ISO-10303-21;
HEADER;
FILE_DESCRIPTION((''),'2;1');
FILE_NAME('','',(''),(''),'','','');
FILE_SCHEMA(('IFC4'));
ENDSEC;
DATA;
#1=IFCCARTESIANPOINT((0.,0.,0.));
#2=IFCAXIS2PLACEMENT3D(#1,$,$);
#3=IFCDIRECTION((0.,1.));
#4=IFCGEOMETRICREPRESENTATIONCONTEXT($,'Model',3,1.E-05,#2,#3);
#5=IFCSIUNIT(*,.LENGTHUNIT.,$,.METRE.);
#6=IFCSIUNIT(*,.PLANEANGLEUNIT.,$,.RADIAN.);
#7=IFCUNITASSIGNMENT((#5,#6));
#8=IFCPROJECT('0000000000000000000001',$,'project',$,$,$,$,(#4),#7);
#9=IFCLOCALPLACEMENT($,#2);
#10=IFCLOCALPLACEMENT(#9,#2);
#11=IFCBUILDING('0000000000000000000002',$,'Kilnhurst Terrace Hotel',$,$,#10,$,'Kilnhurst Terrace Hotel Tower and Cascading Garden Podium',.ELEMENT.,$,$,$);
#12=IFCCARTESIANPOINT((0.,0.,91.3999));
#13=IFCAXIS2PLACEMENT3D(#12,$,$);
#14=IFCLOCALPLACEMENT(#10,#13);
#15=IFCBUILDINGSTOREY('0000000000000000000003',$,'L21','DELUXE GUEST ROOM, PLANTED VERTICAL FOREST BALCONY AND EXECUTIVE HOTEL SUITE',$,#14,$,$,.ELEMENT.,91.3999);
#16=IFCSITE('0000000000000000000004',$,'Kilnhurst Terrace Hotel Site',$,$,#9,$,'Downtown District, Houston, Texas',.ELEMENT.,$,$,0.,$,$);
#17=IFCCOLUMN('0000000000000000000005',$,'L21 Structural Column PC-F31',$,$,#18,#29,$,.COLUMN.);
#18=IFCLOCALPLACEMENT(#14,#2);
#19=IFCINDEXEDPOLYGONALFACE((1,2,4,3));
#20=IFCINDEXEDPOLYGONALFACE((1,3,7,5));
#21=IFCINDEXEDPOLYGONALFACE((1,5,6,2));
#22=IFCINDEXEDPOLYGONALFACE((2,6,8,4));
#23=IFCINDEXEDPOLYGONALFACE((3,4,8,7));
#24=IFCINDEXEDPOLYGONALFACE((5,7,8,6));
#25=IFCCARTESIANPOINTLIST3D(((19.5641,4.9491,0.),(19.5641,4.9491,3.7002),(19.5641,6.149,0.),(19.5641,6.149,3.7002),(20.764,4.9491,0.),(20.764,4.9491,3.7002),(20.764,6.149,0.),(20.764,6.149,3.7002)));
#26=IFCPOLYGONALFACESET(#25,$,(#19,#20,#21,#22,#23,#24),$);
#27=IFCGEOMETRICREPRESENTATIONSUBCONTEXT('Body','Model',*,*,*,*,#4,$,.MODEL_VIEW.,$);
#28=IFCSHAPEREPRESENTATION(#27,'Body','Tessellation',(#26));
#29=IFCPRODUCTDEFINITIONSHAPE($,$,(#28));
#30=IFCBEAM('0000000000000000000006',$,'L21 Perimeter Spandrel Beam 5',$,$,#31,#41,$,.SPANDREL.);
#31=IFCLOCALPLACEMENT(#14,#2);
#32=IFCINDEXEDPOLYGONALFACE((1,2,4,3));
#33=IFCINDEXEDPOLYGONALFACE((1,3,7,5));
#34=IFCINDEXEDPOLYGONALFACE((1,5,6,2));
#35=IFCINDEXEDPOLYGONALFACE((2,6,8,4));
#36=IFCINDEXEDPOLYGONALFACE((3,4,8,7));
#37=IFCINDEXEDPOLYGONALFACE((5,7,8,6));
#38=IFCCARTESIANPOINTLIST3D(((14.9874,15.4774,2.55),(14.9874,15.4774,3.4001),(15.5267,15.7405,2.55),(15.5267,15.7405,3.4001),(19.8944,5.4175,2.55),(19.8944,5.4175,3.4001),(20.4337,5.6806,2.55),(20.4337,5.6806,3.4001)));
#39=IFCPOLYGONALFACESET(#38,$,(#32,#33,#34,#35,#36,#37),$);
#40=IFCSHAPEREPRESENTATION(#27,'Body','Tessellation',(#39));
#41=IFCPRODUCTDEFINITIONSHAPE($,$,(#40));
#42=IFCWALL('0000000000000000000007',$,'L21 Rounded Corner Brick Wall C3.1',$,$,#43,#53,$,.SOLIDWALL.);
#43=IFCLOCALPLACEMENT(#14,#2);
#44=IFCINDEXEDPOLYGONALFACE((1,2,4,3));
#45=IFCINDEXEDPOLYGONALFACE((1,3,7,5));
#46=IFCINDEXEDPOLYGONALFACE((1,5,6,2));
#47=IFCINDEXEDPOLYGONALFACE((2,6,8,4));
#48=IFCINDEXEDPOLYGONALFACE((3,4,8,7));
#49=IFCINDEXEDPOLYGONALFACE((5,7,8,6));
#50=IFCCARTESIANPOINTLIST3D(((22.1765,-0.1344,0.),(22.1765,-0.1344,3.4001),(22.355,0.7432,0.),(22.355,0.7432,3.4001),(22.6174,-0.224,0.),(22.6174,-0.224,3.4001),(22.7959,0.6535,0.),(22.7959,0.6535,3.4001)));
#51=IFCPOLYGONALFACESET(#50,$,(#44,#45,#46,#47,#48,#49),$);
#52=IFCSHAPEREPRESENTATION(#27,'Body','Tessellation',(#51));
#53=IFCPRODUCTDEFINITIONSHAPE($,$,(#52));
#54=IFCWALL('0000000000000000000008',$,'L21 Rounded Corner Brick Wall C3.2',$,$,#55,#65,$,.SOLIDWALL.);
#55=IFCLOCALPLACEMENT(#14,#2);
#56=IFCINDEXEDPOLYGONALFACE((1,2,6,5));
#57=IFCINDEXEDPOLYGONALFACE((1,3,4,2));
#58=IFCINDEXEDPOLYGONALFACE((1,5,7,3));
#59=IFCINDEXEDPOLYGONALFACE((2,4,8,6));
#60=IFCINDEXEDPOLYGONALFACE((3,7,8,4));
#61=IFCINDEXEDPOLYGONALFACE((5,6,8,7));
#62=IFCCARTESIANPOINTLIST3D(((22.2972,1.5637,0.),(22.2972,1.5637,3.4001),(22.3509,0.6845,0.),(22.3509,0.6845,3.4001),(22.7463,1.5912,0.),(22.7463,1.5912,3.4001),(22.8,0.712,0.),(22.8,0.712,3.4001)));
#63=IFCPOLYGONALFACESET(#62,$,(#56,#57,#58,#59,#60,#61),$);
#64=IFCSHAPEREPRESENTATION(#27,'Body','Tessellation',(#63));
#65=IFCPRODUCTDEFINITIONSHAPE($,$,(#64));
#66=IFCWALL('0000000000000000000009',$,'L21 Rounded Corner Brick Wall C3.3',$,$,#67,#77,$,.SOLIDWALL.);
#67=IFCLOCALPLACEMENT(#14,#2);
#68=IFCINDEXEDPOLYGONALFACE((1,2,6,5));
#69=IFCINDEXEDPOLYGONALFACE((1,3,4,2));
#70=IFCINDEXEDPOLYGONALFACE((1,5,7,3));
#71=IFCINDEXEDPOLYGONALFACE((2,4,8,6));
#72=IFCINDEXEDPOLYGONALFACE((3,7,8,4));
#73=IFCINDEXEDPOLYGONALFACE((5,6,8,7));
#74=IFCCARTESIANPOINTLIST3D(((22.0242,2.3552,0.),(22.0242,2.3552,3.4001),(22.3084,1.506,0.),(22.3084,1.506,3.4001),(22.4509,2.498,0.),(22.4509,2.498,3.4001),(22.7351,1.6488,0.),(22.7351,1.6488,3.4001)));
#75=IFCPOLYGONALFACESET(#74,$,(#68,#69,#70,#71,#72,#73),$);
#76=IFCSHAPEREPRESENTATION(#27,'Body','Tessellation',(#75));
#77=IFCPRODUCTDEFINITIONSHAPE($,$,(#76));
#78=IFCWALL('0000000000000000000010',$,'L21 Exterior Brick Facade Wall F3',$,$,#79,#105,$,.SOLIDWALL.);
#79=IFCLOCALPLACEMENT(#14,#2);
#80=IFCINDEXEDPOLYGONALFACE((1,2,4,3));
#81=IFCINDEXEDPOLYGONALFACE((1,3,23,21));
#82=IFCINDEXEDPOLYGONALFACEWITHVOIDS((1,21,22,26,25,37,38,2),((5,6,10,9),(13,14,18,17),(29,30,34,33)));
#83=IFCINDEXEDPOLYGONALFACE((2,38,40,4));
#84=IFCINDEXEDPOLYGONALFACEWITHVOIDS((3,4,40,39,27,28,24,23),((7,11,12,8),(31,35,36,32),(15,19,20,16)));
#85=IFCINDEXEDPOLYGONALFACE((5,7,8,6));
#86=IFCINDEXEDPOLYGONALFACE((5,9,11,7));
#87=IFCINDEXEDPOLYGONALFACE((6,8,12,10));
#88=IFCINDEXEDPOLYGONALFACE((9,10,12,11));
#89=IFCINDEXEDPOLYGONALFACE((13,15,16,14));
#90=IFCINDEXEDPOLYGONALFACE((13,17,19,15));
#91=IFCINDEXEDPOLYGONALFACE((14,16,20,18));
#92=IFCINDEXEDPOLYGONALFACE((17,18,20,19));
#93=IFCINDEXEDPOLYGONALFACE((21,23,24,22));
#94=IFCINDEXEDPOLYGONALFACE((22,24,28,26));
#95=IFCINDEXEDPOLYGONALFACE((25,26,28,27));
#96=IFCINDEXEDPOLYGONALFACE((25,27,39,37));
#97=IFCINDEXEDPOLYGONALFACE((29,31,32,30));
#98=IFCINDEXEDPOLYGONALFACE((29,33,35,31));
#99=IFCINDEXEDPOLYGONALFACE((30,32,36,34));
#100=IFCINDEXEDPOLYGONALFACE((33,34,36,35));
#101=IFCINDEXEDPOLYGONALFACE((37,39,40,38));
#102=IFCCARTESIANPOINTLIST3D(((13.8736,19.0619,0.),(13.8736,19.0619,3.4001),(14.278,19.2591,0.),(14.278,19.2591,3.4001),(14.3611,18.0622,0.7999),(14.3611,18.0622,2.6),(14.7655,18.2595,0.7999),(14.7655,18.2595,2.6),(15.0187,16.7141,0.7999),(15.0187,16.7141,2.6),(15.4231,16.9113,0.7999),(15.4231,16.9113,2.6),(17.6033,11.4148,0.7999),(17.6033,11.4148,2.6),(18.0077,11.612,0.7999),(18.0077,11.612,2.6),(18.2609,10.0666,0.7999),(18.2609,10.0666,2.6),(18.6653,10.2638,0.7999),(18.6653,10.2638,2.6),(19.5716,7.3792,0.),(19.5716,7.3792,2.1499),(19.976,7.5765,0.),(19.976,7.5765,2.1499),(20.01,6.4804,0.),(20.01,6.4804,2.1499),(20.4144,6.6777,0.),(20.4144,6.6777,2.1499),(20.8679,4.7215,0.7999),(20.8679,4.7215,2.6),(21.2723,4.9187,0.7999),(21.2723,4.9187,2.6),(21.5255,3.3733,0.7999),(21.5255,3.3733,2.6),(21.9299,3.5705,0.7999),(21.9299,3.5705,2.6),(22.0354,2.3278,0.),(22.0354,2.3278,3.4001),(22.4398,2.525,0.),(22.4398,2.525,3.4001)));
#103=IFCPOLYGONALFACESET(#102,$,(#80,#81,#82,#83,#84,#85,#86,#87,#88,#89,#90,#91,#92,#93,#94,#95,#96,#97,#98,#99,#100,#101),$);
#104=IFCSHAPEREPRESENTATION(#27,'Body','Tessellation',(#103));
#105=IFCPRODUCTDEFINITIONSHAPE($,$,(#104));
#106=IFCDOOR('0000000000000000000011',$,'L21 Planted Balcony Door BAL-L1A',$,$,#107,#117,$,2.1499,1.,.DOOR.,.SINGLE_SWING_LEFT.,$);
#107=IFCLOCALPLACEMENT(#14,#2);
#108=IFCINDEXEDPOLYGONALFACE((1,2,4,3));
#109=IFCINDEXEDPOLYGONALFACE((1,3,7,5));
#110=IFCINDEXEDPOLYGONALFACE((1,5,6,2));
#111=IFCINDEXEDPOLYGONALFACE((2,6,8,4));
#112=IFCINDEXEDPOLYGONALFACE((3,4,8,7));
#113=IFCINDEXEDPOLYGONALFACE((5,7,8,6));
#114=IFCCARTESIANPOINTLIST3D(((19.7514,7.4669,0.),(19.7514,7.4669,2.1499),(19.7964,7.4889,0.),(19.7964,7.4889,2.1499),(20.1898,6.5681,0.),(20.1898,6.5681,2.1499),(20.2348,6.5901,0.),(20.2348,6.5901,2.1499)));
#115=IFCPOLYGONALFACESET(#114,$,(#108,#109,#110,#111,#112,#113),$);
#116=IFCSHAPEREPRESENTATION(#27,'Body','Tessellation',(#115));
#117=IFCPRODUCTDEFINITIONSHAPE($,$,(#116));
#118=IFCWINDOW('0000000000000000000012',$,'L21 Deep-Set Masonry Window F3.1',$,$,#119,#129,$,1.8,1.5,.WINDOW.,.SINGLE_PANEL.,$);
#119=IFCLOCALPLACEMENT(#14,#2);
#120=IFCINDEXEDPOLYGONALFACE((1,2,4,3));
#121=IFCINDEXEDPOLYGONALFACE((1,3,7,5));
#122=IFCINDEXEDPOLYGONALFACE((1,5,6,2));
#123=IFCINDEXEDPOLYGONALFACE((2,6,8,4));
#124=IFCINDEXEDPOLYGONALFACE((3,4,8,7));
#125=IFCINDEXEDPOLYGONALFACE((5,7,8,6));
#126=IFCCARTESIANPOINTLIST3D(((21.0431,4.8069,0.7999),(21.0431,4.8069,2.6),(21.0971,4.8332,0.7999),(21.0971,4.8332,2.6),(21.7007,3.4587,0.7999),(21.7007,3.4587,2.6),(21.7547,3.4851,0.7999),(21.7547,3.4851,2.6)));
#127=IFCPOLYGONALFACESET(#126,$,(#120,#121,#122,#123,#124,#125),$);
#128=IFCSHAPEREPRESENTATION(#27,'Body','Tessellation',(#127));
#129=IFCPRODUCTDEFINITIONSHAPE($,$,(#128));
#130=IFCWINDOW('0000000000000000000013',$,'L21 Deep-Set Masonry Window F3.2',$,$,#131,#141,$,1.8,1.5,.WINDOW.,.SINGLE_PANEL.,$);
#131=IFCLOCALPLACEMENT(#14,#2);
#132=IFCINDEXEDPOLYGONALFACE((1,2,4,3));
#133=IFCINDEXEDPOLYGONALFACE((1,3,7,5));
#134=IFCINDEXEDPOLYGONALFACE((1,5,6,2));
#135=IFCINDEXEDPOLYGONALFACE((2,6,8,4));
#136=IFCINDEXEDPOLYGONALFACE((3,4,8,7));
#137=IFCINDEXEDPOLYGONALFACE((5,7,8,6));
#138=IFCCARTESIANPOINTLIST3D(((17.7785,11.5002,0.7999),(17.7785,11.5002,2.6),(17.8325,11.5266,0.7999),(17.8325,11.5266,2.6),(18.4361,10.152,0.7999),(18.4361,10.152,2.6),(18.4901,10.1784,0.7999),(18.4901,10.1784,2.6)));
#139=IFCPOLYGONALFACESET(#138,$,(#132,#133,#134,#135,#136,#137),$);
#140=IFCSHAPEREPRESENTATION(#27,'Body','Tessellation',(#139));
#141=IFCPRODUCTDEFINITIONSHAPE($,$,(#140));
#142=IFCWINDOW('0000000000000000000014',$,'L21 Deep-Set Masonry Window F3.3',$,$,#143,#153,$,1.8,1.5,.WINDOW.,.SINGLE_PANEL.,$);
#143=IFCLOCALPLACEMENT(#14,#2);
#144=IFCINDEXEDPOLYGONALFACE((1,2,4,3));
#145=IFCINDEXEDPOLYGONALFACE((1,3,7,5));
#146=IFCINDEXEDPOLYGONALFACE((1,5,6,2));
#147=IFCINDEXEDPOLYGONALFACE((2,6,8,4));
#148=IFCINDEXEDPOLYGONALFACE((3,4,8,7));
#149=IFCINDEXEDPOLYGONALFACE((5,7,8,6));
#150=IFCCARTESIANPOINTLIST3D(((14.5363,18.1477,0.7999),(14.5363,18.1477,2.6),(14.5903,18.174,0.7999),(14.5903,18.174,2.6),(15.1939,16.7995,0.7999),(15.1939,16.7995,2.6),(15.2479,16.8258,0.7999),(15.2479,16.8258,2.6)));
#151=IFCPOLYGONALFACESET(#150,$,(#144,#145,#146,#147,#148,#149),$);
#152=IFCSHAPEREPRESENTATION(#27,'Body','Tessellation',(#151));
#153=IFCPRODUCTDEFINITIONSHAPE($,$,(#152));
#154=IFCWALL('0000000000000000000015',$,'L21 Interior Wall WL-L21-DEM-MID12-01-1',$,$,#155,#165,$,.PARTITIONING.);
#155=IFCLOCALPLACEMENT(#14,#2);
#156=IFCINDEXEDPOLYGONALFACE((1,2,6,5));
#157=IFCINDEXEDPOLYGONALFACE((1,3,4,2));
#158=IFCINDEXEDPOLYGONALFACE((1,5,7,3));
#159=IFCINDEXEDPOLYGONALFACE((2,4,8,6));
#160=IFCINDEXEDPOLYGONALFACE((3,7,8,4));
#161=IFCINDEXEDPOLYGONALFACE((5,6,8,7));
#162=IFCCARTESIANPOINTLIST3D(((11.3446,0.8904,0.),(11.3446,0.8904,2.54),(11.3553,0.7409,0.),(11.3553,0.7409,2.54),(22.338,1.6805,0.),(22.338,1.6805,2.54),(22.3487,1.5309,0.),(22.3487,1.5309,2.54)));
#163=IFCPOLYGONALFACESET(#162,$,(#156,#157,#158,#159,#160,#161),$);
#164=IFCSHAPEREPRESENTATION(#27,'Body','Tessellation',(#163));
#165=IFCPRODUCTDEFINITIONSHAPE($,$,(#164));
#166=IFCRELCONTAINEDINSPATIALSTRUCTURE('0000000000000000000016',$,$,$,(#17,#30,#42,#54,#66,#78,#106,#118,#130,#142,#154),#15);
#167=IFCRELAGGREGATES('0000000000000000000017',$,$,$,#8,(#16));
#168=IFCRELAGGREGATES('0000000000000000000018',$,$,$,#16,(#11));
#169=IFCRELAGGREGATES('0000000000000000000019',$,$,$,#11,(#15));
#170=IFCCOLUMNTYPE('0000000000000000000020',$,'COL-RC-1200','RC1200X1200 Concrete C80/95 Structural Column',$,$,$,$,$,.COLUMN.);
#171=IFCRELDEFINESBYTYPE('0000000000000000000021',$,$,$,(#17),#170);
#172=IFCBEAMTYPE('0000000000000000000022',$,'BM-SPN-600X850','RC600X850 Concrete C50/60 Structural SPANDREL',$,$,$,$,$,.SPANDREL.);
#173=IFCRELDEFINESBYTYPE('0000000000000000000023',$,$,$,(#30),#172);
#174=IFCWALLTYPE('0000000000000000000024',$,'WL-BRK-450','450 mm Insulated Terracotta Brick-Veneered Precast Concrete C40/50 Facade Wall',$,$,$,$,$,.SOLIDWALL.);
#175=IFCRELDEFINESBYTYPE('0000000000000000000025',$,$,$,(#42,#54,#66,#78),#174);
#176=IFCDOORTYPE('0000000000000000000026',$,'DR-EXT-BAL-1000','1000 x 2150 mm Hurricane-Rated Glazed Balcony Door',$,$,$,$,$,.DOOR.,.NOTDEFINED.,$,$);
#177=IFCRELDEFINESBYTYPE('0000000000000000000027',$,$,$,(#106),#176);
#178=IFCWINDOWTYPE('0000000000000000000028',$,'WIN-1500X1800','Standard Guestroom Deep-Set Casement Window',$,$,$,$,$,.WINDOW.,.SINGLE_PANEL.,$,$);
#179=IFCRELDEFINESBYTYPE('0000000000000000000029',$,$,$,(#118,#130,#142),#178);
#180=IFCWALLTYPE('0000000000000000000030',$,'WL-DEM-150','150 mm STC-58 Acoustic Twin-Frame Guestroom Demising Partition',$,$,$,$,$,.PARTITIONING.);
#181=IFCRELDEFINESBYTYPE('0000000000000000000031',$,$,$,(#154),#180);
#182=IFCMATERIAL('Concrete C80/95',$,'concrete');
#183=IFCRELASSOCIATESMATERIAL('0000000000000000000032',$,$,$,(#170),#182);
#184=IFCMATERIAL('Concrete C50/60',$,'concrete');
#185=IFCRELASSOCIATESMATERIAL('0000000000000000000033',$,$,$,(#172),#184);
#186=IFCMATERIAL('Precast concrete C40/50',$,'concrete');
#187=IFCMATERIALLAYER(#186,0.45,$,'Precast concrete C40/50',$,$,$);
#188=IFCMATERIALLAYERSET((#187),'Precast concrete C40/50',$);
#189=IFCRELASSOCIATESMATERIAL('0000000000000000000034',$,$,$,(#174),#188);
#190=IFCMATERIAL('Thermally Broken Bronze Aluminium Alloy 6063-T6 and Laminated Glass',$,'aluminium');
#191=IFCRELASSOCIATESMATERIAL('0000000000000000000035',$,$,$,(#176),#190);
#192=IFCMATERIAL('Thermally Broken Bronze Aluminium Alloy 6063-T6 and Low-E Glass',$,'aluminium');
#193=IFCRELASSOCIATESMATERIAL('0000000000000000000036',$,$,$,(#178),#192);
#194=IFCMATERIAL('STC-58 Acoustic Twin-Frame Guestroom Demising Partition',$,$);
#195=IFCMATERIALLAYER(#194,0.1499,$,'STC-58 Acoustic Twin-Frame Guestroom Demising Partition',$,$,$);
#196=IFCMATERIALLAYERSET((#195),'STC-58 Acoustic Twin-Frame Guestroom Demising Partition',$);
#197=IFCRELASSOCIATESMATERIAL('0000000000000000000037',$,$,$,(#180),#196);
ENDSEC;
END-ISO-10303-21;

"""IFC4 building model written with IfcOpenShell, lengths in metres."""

from ifc_helpers import new_model, si_unit, direction, frame, frame_2d, origin, origin_2d, place, context, subcontext, project, spatial, rectangle, extrude, material, layer, layer_set, material_profile, profile_set, type_object, element, fill, save


model = new_model("IFC4")

# Units and contexts
model_context = context("Model", 3, precision=1e-05, world=origin(), true_north=direction((0.0, 1.0)))
body_context = subcontext(model_context, "Body", "Model", "MODEL_VIEW")
ifc_project = project(units=[si_unit("LENGTHUNIT", "METRE"), si_unit("PLANEANGLEUNIT", "RADIAN")], contexts=[model_context])

# Site, building, storey
site_placement = place(None, origin())
site = spatial("IfcSite", under=ifc_project, at=site_placement, Name="Kilnhurst Terrace Hotel Site", LongName="Downtown District, Houston, Texas", CompositionType="ELEMENT", RefElevation=0.0)
building_placement = place(site_placement, origin())
building = spatial("IfcBuilding", under=site, at=building_placement, Name="Kilnhurst Terrace Hotel", LongName="Kilnhurst Terrace Hotel Tower and Cascading Garden Podium", CompositionType="ELEMENT")
storey_placement = place(building_placement, frame((0.0, 0.0, 91.3999)))
storey = spatial("IfcBuildingStorey", under=building, at=storey_placement, Name="L21", Description="DELUXE GUEST ROOM, PLANTED VERTICAL FOREST BALCONY AND EXECUTIVE HOTEL SUITE", CompositionType="ELEMENT", Elevation=91.3999)

# Column
ifc_material_1 = material(Name="Concrete C80/95", Category="concrete")
ifc_material_profile_1 = material_profile(ifc_material_1, rectangle(XDim=1.2, YDim=1.2, at=origin_2d()), Name="RC1200X1200")
ifc_profile_set_1 = profile_set([ifc_material_profile_1], Name="Concrete C80/95")
column_type = type_object("IfcColumnType", Name="COL-RC-1200", Description="RC1200X1200 Concrete C80/95 Structural Column", PredefinedType="COLUMN", material=ifc_profile_set_1)
column_placement = place(storey_placement, frame((20.1641, 5.5491, 0.0), z_axis=(0.0, 0.0, 1.0), x_axis=(1.0, 0.0, 0.0)))
element("IfcColumn", 1, at=column_placement, inside=storey, type_object=column_type, Name="L21 Structural Column PC-F31", PredefinedType="COLUMN", context=body_context, shape_type="SweptSolid", body=[
    extrude(rectangle(XDim=1.2, YDim=1.2, at=origin_2d()), origin(), (0.0, 0.0, 1.0), 3.7002),
])

# Beam
ifc_material_2 = material(Name="Concrete C50/60", Category="concrete")
ifc_material_profile_2 = material_profile(ifc_material_2, rectangle(XDim=0.6001, YDim=0.8501, at=origin_2d()), Name="RC600X850")
ifc_profile_set_2 = profile_set([ifc_material_profile_2], Name="Concrete C50/60")
beam_type = type_object("IfcBeamType", Name="BM-SPN-600X850", Description="RC600X850 Concrete C50/60 Structural SPANDREL", PredefinedType="SPANDREL", material=ifc_profile_set_2)
beam_placement = place(storey_placement, frame((20.1641, 5.5491, 2.9751), z_axis=(-0.438406, 0.898777, 0.0), x_axis=(-0.898777, -0.438406, 0.0)))
element("IfcBeam", 2, at=beam_placement, inside=storey, type_object=beam_type, Name="L21 Perimeter Spandrel Beam 5", PredefinedType="SPANDREL", context=body_context, shape_type="SweptSolid", body=[
    extrude(rectangle(XDim=0.6001, YDim=0.8501, at=origin_2d()), origin(), (0.0, 0.0, 1.0), 11.1929),
])

# Walls
ifc_material_3 = material(Name="Precast concrete C40/50", Category="concrete")
ifc_layer_1 = layer(ifc_material_3, 0.45, Name="Precast concrete C40/50")
ifc_layer_set_1 = layer_set([ifc_layer_1], Name="Precast concrete C40/50")
wall_type_1 = type_object("IfcWallType", Name="WL-BRK-450", Description="450 mm Insulated Terracotta Brick-Veneered Precast Concrete C40/50 Facade Wall", PredefinedType="SOLIDWALL", material=ifc_layer_set_1)
wall_1_placement = place(storey_placement, frame((22.397, -0.1792, 0.0), z_axis=(0.0, 0.0, 1.0), x_axis=(0.199314, 0.979936, 0.0)))
element("IfcWall", 3, at=wall_1_placement, inside=storey, type_object=wall_type_1, Name="L21 Rounded Corner Brick Wall C3.1", PredefinedType="SOLIDWALL", context=body_context, shape_type="SweptSolid", body=[
    extrude(rectangle(XDim=0.8955, YDim=0.45, at=frame_2d((0.4478, 0.0))), origin(), (0.0, 0.0, 1.0), 3.4001),
])
wall_2_placement = place(storey_placement, frame((22.5754, 0.6982, 0.0), z_axis=(0.0, 0.0, 1.0), x_axis=(-0.06098, 0.998139, 0.0)))
element("IfcWall", 4, at=wall_2_placement, inside=storey, type_object=wall_type_1, Name="L21 Rounded Corner Brick Wall C3.2", PredefinedType="SOLIDWALL", context=body_context, shape_type="SweptSolid", body=[
    extrude(rectangle(XDim=0.8809, YDim=0.45, at=frame_2d((0.4404, 0.0))), origin(), (0.0, 0.0, 1.0), 3.4001),
])
wall_3_placement = place(storey_placement, frame((22.5217, 1.5774, 0.0), z_axis=(0.0, 0.0, 1.0), x_axis=(-0.317373, 0.948301, 0.0)))
element("IfcWall", 5, at=wall_3_placement, inside=storey, type_object=wall_type_1, Name="L21 Rounded Corner Brick Wall C3.3", PredefinedType="SOLIDWALL", context=body_context, shape_type="SweptSolid", body=[
    extrude(rectangle(XDim=0.8955, YDim=0.45, at=frame_2d((0.4478, 0.0))), origin(), (0.0, 0.0, 1.0), 3.4001),
])

# Wall, openings, door, windows
wall_4_placement = place(storey_placement, frame((22.2375, 2.4265, 0.0), z_axis=(0.0, 0.0, 1.0), x_axis=(-0.438375, 0.898792, 0.0)))
wall_4 = element("IfcWall", 6, at=wall_4_placement, inside=storey, type_object=wall_type_1, Name="L21 Exterior Brick Facade Wall F3", PredefinedType="SOLIDWALL", context=body_context, shape_type="SweptSolid", body=[
    extrude(rectangle(XDim=18.6184, YDim=0.45, at=frame_2d((9.3091, 0.0))), origin(), (0.0, 0.0, 1.0), 3.4001),
])
opening_1_placement = place(wall_4_placement, frame((4.6201, 0.0, 0.0)))
opening_1 = element("IfcOpeningElement", 7, at=opening_1_placement, cuts=wall_4, PredefinedType="OPENING", context=body_context, shape_type="SweptSolid", body=[
    extrude(rectangle(XDim=1.0, YDim=2.1499, at=frame_2d((0.5, 1.075))), frame((0.0, 0.2349, 0.0), z_axis=(0.0, -1.0, 0.0), x_axis=(1.0, 0.0, 0.0)), (0.0, 0.0, 1.0), 0.47),
])
opening_2_placement = place(wall_4_placement, frame((1.1631, 0.0, 0.8)))
opening_2 = element("IfcOpeningElement", 8, at=opening_2_placement, cuts=wall_4, PredefinedType="OPENING", context=body_context, shape_type="SweptSolid", body=[
    extrude(rectangle(XDim=1.5, YDim=1.8, at=frame_2d((0.75, 0.8999))), frame((0.0, 0.2349, 0.0), z_axis=(0.0, -1.0, 0.0), x_axis=(1.0, 0.0, 0.0)), (0.0, 0.0, 1.0), 0.47),
])
opening_3_placement = place(wall_4_placement, frame((8.6101, 0.0, 0.8)))
opening_3 = element("IfcOpeningElement", 9, at=opening_3_placement, cuts=wall_4, PredefinedType="OPENING", context=body_context, shape_type="SweptSolid", body=[
    extrude(rectangle(XDim=1.5, YDim=1.8, at=frame_2d((0.75, 0.8999))), frame((0.0, 0.2349, 0.0), z_axis=(0.0, -1.0, 0.0), x_axis=(1.0, 0.0, 0.0)), (0.0, 0.0, 1.0), 0.47),
])
opening_4_placement = place(wall_4_placement, frame((16.0061, 0.0, 0.8)))
opening_4 = element("IfcOpeningElement", 10, at=opening_4_placement, cuts=wall_4, PredefinedType="OPENING", context=body_context, shape_type="SweptSolid", body=[
    extrude(rectangle(XDim=1.5, YDim=1.8, at=frame_2d((0.75, 0.8999))), frame((0.0, 0.2349, 0.0), z_axis=(0.0, -1.0, 0.0), x_axis=(1.0, 0.0, 0.0)), (0.0, 0.0, 1.0), 0.47),
])
ifc_material_4 = material(Name="Thermally Broken Bronze Aluminium Alloy 6063-T6 and Laminated Glass", Category="aluminium")
door_type_1 = type_object("IfcDoorType", Name="DR-EXT-BAL-1000", Description="1000 x 2150 mm Hurricane-Rated Glazed Balcony Door", OperationType="NOTDEFINED", PredefinedType="DOOR", material=ifc_material_4)
door_1_placement = place(opening_1_placement, origin())
door_1 = element("IfcDoor", 11, at=door_1_placement, inside=storey, type_object=door_type_1, Name="L21 Planted Balcony Door BAL-L1A", OperationType="SINGLE_SWING_LEFT", OverallHeight=2.1499, OverallWidth=1.0, PredefinedType="DOOR", context=body_context, shape_type="SweptSolid", body=[
    extrude(rectangle(XDim=1.0, YDim=2.1499, at=frame_2d((0.5, 1.075))), frame((0.0, 0.0249, 0.0), z_axis=(0.0, -1.0, 0.0), x_axis=(1.0, 0.0, 0.0)), (0.0, 0.0, 1.0), 0.05),
])
fill(opening_1, door_1)
ifc_material_5 = material(Name="Thermally Broken Bronze Aluminium Alloy 6063-T6 and Low-E Glass", Category="aluminium")
window_type = type_object("IfcWindowType", Name="WIN-1500X1800", Description="Standard Guestroom Deep-Set Casement Window", PartitioningType="SINGLE_PANEL", PredefinedType="WINDOW", material=ifc_material_5)
window_1_placement = place(opening_2_placement, origin())
window_1 = element("IfcWindow", 12, at=window_1_placement, inside=storey, type_object=window_type, Name="L21 Deep-Set Masonry Window F3.1", OverallHeight=1.8, OverallWidth=1.5, PartitioningType="SINGLE_PANEL", PredefinedType="WINDOW", context=body_context, shape_type="SweptSolid", body=[
    extrude(rectangle(XDim=1.5, YDim=1.8, at=frame_2d((0.75, 0.8999))), frame((0.0, 0.03, 0.0), z_axis=(0.0, -1.0, 0.0), x_axis=(1.0, 0.0, 0.0)), (0.0, 0.0, 1.0), 0.0601),
])
fill(opening_2, window_1)
window_2_placement = place(opening_3_placement, origin())
window_2 = element("IfcWindow", 13, at=window_2_placement, inside=storey, type_object=window_type, Name="L21 Deep-Set Masonry Window F3.2", OverallHeight=1.8, OverallWidth=1.5, PartitioningType="SINGLE_PANEL", PredefinedType="WINDOW", context=body_context, shape_type="SweptSolid", body=[
    extrude(rectangle(XDim=1.5, YDim=1.8, at=frame_2d((0.75, 0.8999))), frame((0.0, 0.03, 0.0), z_axis=(0.0, -1.0, 0.0), x_axis=(1.0, 0.0, 0.0)), (0.0, 0.0, 1.0), 0.0601),
])
fill(opening_3, window_2)
window_3_placement = place(opening_4_placement, origin())
window_3 = element("IfcWindow", 14, at=window_3_placement, inside=storey, type_object=window_type, Name="L21 Deep-Set Masonry Window F3.3", OverallHeight=1.8, OverallWidth=1.5, PartitioningType="SINGLE_PANEL", PredefinedType="WINDOW", context=body_context, shape_type="SweptSolid", body=[
    extrude(rectangle(XDim=1.5, YDim=1.8, at=frame_2d((0.75, 0.8999))), frame((0.0, 0.03, 0.0), z_axis=(0.0, -1.0, 0.0), x_axis=(1.0, 0.0, 0.0)), (0.0, 0.0, 1.0), 0.0601),
])
fill(opening_4, window_3)

# Wall
ifc_material_6 = material(Name="STC-58 Acoustic Twin-Frame Guestroom Demising Partition")
ifc_layer_2 = layer(ifc_material_6, 0.1499, Name="STC-58 Acoustic Twin-Frame Guestroom Demising Partition")
ifc_layer_set_2 = layer_set([ifc_layer_2], Name="STC-58 Acoustic Twin-Frame Guestroom Demising Partition")
wall_type_2 = type_object("IfcWallType", Name="WL-DEM-150", Description="150 mm STC-58 Acoustic Twin-Frame Guestroom Demising Partition", PredefinedType="PARTITIONING", material=ifc_layer_set_2)
wall_5_placement = place(storey_placement, frame((11.3501, 0.8157, 0.0), z_axis=(0.0, 0.0, 1.0), x_axis=(0.997428, 0.07168, 0.0)))
element("IfcWall", 15, at=wall_5_placement, inside=storey, type_object=wall_type_2, Name="L21 Interior Wall WL-L21-DEM-MID12-01-1", PredefinedType="PARTITIONING", context=body_context, shape_type="SweptSolid", body=[
    extrude(rectangle(XDim=11.0217, YDim=0.1499, at=frame_2d((5.5107, 0.0))), origin(), (0.0, 0.0, 1.0), 2.54),
])

save(model, "model.ifc")
